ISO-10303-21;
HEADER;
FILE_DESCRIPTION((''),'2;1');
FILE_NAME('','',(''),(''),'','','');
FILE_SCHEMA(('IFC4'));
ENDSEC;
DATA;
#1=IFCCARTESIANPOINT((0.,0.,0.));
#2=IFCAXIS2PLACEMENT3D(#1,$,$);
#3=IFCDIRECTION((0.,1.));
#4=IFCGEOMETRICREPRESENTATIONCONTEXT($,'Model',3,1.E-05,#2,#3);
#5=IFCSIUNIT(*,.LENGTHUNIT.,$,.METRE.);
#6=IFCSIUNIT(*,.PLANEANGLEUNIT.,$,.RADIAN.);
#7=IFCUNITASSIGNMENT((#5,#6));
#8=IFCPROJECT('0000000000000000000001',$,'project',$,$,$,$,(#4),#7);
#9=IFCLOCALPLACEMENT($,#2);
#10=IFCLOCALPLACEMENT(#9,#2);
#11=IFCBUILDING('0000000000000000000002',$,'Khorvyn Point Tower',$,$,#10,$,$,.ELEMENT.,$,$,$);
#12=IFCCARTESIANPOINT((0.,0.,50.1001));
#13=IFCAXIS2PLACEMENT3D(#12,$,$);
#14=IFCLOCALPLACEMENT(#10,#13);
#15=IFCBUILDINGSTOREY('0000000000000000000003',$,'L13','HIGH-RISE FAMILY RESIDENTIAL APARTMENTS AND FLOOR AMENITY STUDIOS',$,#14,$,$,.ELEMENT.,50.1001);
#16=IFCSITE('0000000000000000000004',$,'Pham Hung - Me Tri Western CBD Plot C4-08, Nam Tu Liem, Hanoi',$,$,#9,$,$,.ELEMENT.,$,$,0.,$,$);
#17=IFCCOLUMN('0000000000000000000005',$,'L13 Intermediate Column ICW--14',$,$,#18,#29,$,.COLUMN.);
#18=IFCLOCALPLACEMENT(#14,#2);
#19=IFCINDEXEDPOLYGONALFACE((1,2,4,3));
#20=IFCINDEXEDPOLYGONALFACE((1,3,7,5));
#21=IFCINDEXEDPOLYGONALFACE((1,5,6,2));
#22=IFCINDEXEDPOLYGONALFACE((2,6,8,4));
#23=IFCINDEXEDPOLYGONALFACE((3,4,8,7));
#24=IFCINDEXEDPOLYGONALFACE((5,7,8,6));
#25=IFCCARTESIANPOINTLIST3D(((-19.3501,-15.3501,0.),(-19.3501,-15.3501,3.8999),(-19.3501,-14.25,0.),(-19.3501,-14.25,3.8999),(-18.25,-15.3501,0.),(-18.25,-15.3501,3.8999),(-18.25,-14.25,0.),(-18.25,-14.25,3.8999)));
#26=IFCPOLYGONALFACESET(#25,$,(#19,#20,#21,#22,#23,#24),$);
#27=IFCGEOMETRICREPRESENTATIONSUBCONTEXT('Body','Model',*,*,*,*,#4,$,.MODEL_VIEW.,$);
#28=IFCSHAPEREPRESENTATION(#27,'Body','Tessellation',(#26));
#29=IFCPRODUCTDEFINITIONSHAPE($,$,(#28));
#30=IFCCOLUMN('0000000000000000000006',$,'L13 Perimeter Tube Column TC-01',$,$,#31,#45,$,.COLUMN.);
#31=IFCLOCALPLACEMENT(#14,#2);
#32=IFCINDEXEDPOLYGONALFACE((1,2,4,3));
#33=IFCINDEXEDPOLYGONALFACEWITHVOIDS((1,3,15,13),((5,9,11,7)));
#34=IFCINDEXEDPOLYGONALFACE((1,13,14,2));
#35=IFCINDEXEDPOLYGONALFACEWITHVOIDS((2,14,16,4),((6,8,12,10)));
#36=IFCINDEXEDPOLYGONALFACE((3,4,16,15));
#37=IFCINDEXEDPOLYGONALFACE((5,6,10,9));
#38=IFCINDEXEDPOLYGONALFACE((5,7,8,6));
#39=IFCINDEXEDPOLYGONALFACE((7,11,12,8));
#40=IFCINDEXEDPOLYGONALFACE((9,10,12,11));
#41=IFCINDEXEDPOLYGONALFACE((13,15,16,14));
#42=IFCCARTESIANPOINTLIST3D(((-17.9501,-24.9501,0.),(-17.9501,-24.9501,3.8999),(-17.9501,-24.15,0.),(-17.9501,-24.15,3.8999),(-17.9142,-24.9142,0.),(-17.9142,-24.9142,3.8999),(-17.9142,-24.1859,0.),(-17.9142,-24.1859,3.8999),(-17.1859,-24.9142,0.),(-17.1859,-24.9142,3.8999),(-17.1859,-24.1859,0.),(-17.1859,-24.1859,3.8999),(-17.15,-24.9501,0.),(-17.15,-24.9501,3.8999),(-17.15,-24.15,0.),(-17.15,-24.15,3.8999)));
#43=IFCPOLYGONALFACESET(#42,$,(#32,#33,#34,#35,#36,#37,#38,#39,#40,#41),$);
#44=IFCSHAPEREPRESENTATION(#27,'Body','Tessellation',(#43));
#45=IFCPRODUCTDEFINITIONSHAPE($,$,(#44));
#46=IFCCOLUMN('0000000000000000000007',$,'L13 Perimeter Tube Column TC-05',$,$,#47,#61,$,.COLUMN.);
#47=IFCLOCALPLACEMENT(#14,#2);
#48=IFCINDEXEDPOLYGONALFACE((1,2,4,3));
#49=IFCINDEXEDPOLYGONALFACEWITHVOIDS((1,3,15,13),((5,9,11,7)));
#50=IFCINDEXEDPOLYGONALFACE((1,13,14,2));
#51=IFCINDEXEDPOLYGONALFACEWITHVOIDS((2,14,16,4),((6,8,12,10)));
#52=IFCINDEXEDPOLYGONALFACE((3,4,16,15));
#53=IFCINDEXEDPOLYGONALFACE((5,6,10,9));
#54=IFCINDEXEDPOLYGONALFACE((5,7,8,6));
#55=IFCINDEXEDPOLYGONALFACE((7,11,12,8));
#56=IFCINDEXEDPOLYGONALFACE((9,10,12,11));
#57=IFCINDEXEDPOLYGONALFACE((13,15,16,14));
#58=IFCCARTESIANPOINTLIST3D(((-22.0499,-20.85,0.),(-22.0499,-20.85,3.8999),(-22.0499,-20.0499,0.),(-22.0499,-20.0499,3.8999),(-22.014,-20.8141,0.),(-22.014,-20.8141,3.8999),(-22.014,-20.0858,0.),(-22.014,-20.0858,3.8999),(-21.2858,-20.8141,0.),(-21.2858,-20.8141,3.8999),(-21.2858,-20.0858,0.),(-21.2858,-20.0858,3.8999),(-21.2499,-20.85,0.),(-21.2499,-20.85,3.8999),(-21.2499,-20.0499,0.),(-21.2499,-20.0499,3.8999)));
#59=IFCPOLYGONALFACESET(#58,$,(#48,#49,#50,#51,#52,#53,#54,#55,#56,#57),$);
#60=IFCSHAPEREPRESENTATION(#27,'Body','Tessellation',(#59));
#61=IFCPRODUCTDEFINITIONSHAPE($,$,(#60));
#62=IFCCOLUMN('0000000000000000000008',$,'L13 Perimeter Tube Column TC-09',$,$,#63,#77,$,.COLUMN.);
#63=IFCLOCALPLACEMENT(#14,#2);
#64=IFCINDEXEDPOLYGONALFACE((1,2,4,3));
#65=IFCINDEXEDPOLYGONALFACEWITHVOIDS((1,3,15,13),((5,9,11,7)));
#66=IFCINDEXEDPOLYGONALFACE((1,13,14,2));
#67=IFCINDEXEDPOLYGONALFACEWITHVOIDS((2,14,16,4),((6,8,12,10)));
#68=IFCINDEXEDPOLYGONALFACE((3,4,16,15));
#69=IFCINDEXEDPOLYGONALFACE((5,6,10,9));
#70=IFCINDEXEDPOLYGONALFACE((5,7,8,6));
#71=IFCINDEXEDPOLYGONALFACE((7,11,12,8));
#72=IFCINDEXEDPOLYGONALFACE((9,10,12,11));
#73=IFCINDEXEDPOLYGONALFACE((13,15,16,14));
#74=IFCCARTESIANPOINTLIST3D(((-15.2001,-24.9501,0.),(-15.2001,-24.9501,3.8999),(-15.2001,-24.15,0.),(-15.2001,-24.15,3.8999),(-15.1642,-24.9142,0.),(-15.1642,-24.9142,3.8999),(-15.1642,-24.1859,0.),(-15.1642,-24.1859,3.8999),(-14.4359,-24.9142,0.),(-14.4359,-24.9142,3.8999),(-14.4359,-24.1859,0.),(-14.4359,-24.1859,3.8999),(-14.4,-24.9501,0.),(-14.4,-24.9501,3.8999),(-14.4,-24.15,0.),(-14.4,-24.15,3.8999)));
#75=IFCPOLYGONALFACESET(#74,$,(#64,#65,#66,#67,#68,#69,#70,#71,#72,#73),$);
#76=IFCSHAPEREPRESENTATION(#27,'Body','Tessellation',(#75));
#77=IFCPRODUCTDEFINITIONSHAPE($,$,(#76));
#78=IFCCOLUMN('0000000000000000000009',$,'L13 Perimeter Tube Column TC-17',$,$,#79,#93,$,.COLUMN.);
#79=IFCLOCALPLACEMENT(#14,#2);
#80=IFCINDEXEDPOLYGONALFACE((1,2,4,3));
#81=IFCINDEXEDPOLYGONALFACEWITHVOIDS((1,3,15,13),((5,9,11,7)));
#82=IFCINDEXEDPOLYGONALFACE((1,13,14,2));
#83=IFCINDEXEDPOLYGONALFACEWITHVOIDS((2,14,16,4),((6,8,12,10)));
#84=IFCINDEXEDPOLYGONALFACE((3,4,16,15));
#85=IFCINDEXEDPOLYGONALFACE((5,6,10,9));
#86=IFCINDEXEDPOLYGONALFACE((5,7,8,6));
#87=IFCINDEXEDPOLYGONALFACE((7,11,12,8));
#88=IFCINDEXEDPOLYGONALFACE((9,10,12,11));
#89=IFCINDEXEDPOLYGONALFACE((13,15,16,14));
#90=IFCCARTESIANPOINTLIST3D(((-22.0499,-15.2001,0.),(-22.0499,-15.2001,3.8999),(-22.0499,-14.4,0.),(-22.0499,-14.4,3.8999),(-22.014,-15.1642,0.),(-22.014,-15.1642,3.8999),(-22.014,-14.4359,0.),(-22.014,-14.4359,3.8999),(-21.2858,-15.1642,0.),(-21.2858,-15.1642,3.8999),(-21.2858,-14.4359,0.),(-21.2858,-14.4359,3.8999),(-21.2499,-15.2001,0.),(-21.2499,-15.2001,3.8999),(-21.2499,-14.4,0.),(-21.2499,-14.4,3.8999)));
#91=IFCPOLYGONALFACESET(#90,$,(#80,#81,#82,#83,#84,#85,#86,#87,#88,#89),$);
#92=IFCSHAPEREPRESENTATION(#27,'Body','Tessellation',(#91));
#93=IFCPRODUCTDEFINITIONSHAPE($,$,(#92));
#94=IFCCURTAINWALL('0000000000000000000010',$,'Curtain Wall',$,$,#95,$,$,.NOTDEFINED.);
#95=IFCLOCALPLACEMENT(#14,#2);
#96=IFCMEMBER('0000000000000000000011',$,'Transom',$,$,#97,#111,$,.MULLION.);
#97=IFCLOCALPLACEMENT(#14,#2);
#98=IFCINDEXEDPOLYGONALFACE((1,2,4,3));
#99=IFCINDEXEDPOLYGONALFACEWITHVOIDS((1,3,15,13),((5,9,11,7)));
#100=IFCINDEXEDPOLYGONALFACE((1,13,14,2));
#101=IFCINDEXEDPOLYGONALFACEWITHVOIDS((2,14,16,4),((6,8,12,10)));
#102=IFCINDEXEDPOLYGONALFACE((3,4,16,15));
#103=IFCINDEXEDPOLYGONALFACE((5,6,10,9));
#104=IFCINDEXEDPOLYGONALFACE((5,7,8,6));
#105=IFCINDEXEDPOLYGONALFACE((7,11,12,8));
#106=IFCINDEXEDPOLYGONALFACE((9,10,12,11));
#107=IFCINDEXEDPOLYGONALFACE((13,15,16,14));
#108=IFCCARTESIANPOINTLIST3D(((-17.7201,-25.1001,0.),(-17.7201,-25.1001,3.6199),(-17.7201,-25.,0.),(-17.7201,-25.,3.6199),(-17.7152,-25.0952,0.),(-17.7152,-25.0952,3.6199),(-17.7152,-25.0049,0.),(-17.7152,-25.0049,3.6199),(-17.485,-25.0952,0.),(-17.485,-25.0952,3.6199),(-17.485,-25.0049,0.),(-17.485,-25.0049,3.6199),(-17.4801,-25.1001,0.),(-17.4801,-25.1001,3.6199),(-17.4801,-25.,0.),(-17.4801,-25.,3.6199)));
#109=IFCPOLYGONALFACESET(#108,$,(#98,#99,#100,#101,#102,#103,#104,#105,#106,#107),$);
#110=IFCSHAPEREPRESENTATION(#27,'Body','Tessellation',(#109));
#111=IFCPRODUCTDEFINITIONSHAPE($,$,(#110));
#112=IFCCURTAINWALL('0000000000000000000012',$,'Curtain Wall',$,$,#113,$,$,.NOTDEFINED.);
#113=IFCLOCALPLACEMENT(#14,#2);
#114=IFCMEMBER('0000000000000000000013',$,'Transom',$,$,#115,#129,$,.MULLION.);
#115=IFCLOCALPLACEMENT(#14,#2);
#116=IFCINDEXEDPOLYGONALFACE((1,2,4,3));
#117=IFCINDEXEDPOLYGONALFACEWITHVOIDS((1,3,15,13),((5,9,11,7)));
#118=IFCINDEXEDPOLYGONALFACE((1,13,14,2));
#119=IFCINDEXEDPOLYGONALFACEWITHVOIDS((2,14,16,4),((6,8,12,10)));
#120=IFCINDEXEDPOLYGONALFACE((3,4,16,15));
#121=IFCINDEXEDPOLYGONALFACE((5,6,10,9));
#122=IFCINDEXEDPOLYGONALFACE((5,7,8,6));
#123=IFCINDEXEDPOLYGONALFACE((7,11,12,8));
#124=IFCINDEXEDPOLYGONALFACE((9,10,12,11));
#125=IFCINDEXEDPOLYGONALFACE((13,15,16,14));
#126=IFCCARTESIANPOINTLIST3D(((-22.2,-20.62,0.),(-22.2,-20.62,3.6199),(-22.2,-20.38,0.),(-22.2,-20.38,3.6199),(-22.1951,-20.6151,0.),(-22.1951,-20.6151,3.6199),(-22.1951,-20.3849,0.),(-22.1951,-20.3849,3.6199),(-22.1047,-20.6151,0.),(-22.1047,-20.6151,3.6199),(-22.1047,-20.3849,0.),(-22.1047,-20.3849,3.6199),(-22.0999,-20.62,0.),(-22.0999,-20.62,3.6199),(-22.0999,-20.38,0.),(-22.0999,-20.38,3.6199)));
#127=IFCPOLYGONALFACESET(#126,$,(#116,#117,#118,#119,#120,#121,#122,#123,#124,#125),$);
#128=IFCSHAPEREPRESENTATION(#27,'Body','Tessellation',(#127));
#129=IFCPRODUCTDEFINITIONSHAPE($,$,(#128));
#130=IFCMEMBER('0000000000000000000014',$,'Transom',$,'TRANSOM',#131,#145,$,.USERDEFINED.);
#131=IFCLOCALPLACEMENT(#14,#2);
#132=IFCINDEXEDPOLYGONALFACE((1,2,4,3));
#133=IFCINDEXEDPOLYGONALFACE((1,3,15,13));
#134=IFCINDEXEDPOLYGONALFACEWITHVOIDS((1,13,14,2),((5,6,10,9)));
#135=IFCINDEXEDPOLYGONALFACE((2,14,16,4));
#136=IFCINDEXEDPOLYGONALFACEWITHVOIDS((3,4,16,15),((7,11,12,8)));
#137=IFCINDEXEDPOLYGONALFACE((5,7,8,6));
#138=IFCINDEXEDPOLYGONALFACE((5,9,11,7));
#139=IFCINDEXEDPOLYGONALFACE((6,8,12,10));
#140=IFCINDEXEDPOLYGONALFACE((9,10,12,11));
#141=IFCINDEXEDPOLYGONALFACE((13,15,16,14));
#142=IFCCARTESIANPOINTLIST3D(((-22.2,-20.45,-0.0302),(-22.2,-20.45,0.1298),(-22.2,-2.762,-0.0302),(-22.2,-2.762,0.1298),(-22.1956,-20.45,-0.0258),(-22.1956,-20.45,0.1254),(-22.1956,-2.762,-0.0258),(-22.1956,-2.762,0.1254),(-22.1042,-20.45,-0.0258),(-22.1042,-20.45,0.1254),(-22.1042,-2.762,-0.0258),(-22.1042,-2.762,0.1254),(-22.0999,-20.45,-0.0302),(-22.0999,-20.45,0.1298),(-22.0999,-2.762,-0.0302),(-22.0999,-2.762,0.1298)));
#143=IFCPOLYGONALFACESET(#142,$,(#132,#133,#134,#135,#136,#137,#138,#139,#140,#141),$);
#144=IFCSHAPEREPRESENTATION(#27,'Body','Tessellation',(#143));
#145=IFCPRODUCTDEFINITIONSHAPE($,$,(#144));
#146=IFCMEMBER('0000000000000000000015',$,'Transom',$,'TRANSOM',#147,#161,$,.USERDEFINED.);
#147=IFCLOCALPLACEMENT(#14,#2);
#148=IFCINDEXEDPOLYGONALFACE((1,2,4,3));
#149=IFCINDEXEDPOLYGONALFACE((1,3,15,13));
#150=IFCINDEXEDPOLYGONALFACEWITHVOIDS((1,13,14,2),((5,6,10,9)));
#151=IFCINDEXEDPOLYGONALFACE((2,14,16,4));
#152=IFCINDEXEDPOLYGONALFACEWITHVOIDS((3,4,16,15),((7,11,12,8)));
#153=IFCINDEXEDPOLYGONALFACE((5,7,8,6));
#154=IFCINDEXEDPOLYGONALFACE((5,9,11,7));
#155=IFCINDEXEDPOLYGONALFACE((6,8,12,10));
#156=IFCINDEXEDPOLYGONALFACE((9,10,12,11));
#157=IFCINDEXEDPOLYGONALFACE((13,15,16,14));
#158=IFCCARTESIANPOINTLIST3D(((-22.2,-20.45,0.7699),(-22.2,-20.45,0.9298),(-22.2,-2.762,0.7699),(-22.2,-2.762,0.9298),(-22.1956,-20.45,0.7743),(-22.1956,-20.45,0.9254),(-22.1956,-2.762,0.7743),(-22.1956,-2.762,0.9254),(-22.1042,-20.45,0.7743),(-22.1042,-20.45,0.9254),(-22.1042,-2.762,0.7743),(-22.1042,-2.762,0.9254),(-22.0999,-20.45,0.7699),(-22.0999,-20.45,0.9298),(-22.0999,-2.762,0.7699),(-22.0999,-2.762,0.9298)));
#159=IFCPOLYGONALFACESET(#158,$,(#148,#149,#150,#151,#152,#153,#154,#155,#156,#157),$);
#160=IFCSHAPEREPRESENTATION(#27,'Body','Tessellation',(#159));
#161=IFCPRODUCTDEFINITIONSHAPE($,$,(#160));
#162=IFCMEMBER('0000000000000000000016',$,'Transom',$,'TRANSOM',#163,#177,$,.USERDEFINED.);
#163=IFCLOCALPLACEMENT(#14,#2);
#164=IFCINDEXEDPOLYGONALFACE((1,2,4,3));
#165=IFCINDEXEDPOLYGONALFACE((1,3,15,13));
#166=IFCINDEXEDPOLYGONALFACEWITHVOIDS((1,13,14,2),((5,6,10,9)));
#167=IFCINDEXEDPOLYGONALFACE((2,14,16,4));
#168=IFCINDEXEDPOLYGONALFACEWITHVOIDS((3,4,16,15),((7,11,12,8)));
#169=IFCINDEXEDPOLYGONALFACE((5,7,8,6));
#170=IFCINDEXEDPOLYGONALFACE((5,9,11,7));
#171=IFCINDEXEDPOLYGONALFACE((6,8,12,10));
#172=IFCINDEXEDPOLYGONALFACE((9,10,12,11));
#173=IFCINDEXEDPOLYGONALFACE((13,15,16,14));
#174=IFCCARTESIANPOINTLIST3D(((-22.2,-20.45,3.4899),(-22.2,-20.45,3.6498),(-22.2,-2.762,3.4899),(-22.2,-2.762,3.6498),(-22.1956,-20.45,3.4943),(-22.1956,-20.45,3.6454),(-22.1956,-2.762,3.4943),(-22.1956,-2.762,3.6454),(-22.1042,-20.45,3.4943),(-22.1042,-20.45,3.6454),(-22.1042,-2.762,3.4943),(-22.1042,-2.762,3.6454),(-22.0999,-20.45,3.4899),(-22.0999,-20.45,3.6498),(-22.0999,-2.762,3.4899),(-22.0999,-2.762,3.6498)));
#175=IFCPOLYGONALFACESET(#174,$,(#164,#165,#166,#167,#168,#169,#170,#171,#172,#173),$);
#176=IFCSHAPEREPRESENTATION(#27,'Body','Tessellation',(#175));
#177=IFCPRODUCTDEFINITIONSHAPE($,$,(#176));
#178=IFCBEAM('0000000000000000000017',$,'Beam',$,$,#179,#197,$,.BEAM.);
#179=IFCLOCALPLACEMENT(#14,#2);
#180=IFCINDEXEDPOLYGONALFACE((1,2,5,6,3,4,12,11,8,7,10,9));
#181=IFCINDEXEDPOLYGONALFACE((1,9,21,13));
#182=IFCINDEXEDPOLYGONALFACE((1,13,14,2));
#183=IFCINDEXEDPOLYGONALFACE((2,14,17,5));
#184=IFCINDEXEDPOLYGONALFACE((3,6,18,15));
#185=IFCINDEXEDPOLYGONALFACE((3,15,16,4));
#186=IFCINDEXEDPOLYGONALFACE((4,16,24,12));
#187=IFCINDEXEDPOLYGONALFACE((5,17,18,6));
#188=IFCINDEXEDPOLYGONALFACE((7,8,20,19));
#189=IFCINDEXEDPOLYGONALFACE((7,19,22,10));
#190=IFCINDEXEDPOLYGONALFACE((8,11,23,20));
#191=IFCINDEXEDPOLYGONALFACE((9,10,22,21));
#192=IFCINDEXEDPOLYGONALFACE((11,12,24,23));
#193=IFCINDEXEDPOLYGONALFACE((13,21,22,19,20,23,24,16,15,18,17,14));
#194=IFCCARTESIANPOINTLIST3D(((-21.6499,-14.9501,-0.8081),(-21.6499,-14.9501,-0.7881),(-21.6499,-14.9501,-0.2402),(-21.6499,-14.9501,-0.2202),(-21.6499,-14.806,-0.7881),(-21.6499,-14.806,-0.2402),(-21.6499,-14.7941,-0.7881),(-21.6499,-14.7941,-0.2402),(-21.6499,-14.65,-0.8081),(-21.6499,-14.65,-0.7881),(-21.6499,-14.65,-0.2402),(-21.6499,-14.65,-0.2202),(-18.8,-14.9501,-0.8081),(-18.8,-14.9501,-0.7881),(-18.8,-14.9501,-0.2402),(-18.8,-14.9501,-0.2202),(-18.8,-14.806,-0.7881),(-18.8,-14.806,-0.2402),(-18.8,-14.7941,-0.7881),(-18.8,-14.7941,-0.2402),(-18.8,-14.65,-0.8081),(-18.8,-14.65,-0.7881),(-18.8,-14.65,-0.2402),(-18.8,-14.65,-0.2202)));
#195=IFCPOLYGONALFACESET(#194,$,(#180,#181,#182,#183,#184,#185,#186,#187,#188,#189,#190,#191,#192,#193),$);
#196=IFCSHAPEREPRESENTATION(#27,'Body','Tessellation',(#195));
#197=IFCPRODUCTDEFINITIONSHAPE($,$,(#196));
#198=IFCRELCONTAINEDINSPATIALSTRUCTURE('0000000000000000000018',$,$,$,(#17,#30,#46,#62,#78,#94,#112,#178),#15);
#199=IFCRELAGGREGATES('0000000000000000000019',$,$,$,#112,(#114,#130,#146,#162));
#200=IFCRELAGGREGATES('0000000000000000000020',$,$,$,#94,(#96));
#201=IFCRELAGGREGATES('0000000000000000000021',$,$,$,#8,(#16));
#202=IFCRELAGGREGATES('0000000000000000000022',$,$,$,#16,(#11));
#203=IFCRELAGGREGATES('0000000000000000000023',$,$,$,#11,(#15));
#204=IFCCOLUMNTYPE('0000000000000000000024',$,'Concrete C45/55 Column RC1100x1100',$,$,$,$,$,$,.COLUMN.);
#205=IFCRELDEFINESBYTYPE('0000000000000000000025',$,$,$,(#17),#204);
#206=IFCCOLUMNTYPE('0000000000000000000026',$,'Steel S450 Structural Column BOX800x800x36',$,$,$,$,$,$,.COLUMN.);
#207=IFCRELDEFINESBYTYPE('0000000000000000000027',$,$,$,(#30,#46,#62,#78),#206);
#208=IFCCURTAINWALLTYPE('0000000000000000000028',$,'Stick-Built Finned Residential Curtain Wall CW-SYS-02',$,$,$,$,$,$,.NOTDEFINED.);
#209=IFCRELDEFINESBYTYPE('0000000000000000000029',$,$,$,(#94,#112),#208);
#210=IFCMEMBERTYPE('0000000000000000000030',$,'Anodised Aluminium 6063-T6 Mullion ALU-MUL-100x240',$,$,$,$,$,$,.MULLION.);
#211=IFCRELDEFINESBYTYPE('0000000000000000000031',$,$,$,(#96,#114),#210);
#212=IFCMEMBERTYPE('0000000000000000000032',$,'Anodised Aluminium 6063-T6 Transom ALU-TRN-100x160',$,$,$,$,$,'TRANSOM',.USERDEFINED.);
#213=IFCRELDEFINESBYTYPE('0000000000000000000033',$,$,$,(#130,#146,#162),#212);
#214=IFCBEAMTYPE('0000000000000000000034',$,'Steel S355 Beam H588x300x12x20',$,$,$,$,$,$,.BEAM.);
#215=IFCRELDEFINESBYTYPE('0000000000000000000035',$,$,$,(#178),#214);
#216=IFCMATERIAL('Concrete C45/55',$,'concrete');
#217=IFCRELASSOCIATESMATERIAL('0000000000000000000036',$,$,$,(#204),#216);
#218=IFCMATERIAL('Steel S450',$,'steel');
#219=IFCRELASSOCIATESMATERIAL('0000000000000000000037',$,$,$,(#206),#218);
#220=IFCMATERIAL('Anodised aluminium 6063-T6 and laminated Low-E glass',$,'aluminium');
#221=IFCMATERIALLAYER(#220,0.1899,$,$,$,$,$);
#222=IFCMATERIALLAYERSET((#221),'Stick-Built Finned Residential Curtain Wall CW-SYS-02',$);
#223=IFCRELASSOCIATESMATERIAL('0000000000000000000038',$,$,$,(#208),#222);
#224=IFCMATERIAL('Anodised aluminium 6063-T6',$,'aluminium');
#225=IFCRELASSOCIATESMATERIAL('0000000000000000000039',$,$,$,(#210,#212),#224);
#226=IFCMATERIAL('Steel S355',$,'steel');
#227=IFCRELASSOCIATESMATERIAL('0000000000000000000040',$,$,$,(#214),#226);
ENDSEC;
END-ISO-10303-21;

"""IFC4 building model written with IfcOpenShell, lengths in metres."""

from ifc_helpers import new_model, si_unit, direction, frame, origin, origin_2d, place, context, subcontext, project, spatial, rectangle, hollow_rectangle, i_section, extrude, material, layer, layer_set, material_profile, profile_set, type_object, element, aggregate, save


model = new_model("IFC4")

# Units and contexts
model_context = context("Model", 3, precision=1e-05, world=origin(), true_north=direction((0.0, 1.0)))
body_context = subcontext(model_context, "Body", "Model", "MODEL_VIEW")
ifc_project = project(units=[si_unit("LENGTHUNIT", "METRE"), si_unit("PLANEANGLEUNIT", "RADIAN")], contexts=[model_context])

# Site, building, storey
site_placement = place(None, origin())
site = spatial("IfcSite", under=ifc_project, at=site_placement, Name="Pham Hung - Me Tri Western CBD Plot C4-08, Nam Tu Liem, Hanoi", CompositionType="ELEMENT", RefElevation=0.0)
building_placement = place(site_placement, origin())
building = spatial("IfcBuilding", under=site, at=building_placement, Name="Khorvyn Point Tower", CompositionType="ELEMENT")
storey_placement = place(building_placement, frame((0.0, 0.0, 50.1001)))
storey = spatial("IfcBuildingStorey", under=building, at=storey_placement, Name="L13", Description="HIGH-RISE FAMILY RESIDENTIAL APARTMENTS AND FLOOR AMENITY STUDIOS", CompositionType="ELEMENT", Elevation=50.1001)

# Columns
ifc_material_1 = material(Name="Concrete C45/55", Category="concrete")
ifc_material_profile_1 = material_profile(ifc_material_1, rectangle(XDim=1.1001, YDim=1.1001, at=origin_2d()))
ifc_profile_set_1 = profile_set([ifc_material_profile_1], Name="Concrete C45/55 RC1100x1100")
column_type_1 = type_object("IfcColumnType", Name="Concrete C45/55 Column RC1100x1100", PredefinedType="COLUMN", material=ifc_profile_set_1)
column_placement = place(storey_placement, frame((-18.8, -14.8, 0.0), z_axis=(0.0, 0.0, 1.0), x_axis=(1.0, 0.0, 0.0)))
element("IfcColumn", 1, at=column_placement, inside=storey, type_object=column_type_1, Name="L13 Intermediate Column ICW--14", PredefinedType="COLUMN", context=body_context, shape_type="SweptSolid", body=[
    extrude(rectangle(XDim=1.1001, YDim=1.1001, at=origin_2d()), origin(), (0.0, 0.0, 1.0), 3.8999),
])
ifc_material_2 = material(Name="Steel S450", Category="steel")
ifc_material_profile_2 = material_profile(ifc_material_2, hollow_rectangle(XDim=0.8, YDim=0.8, WallThickness=0.0359, at=origin_2d()))
ifc_profile_set_2 = profile_set([ifc_material_profile_2], Name="Steel S450 BOX800x800x36")
column_type_2 = type_object("IfcColumnType", Name="Steel S450 Structural Column BOX800x800x36", PredefinedType="COLUMN", material=ifc_profile_set_2)
for number, where, z_axis, x_axis, name in (
    (2, (-17.55, -24.55, 0.0), (0.0, 0.0, 1.0), (1.0, 0.0, 0.0), "L13 Perimeter Tube Column TC-01"),
    (3, (-21.6499, -20.45, 0.0), (0.0, 0.0, 1.0), (1.0, 0.0, 0.0), "L13 Perimeter Tube Column TC-05"),
    (4, (-14.8, -24.55, 0.0), (0.0, 0.0, 1.0), (1.0, 0.0, 0.0), "L13 Perimeter Tube Column TC-09"),
    (5, (-21.6499, -14.8, 0.0), (0.0, 0.0, 1.0), (1.0, 0.0, 0.0), "L13 Perimeter Tube Column TC-17"),
):
    element("IfcColumn", number, at=place(storey_placement, frame(where, z_axis=z_axis, x_axis=x_axis)), inside=storey, type_object=column_type_2, Name=name, PredefinedType="COLUMN", context=body_context, shape_type="SweptSolid", body=[
        extrude(hollow_rectangle(XDim=0.8, YDim=0.8, WallThickness=0.0359, at=origin_2d()), origin(), (0.0, 0.0, 1.0), 3.8999),
    ])

# Curtain wall, member
ifc_material_3 = material(Name="Anodised aluminium 6063-T6 and laminated Low-E glass", Category="aluminium")
ifc_layer_1 = layer(ifc_material_3, 0.1899)
ifc_layer_set_1 = layer_set([ifc_layer_1], Name="Stick-Built Finned Residential Curtain Wall CW-SYS-02")
curtain_wall_type = type_object("IfcCurtainWallType", Name="Stick-Built Finned Residential Curtain Wall CW-SYS-02", PredefinedType="NOTDEFINED", material=ifc_layer_set_1)
curtain_wall_1_placement = place(storey_placement, origin())
curtain_wall_1 = element("IfcCurtainWall", 6, at=curtain_wall_1_placement, inside=storey, type_object=curtain_wall_type, Name="Curtain Wall", PredefinedType="NOTDEFINED")
ifc_material_4 = material(Name="Anodised aluminium 6063-T6", Category="aluminium")
ifc_material_profile_3 = material_profile(ifc_material_4, hollow_rectangle(XDim=0.1001, YDim=0.24, WallThickness=0.0049, at=origin_2d()))
ifc_profile_set_3 = profile_set([ifc_material_profile_3], Name="Anodised aluminium 6063-T6 ALU-MUL-100x240")
member_type_1 = type_object("IfcMemberType", Name="Anodised Aluminium 6063-T6 Mullion ALU-MUL-100x240", PredefinedType="MULLION", material=ifc_profile_set_3)
member_1_placement = place(storey_placement, frame((-17.6001, -25.05, 0.0), z_axis=(0.0, 0.0, 1.0), x_axis=(0.0, -1.0, 0.0)))
member_1 = element("IfcMember", 7, at=member_1_placement, type_object=member_type_1, Name="Transom", PredefinedType="MULLION", context=body_context, shape_type="SweptSolid", body=[
    extrude(hollow_rectangle(XDim=0.1001, YDim=0.24, WallThickness=0.0049, at=origin_2d()), origin(), (0.0, 0.0, 1.0), 3.6199),
])

# Curtain wall, members
curtain_wall_2_placement = place(storey_placement, origin())
curtain_wall_2 = element("IfcCurtainWall", 8, at=curtain_wall_2_placement, inside=storey, type_object=curtain_wall_type, Name="Curtain Wall", PredefinedType="NOTDEFINED")
member_2_placement = place(storey_placement, frame((-22.1499, -20.5, 0.0), z_axis=(0.0, 0.0, 1.0), x_axis=(-1.0, 0.0, 0.0)))
member_2 = element("IfcMember", 9, at=member_2_placement, type_object=member_type_1, Name="Transom", PredefinedType="MULLION", context=body_context, shape_type="SweptSolid", body=[
    extrude(hollow_rectangle(XDim=0.1001, YDim=0.24, WallThickness=0.0049, at=origin_2d()), origin(), (0.0, 0.0, 1.0), 3.6199),
])
ifc_material_profile_4 = material_profile(ifc_material_4, hollow_rectangle(XDim=0.1001, YDim=0.1599, WallThickness=0.0044, at=origin_2d()))
ifc_profile_set_4 = profile_set([ifc_material_profile_4], Name="Anodised aluminium 6063-T6 ALU-TRN-100x160")
member_type_2 = type_object("IfcMemberType", Name="Anodised Aluminium 6063-T6 Transom ALU-TRN-100x160", ElementType="TRANSOM", PredefinedType="USERDEFINED", material=ifc_profile_set_4)
member_3_placement = place(storey_placement, frame((-22.1499, -20.45, 0.0498), z_axis=(0.0, 1.0, 0.0), x_axis=(-1.0, 0.0, 0.0)))
member_3 = element("IfcMember", 10, at=member_3_placement, type_object=member_type_2, Name="Transom", ObjectType="TRANSOM", PredefinedType="USERDEFINED", context=body_context, shape_type="SweptSolid", body=[
    extrude(hollow_rectangle(XDim=0.1001, YDim=0.1599, WallThickness=0.0044, at=origin_2d()), origin(), (0.0, 0.0, 1.0), 17.688),
])
member_4_placement = place(storey_placement, frame((-22.1499, -20.45, 0.8499), z_axis=(0.0, 1.0, 0.0), x_axis=(-1.0, 0.0, 0.0)))
member_4 = element("IfcMember", 11, at=member_4_placement, type_object=member_type_2, Name="Transom", ObjectType="TRANSOM", PredefinedType="USERDEFINED", context=body_context, shape_type="SweptSolid", body=[
    extrude(hollow_rectangle(XDim=0.1001, YDim=0.1599, WallThickness=0.0044, at=origin_2d()), origin(), (0.0, 0.0, 1.0), 17.688),
])
member_5_placement = place(storey_placement, frame((-22.1499, -20.45, 3.5698), z_axis=(0.0, 1.0, 0.0), x_axis=(-1.0, 0.0, 0.0)))
member_5 = element("IfcMember", 12, at=member_5_placement, type_object=member_type_2, Name="Transom", ObjectType="TRANSOM", PredefinedType="USERDEFINED", context=body_context, shape_type="SweptSolid", body=[
    extrude(hollow_rectangle(XDim=0.1001, YDim=0.1599, WallThickness=0.0044, at=origin_2d()), origin(), (0.0, 0.0, 1.0), 17.688),
])
aggregate(curtain_wall_2, [member_2, member_3, member_4, member_5])

# Beam
ifc_material_5 = material(Name="Steel S355", Category="steel")
ifc_material_profile_5 = material_profile(ifc_material_5, i_section(OverallWidth=0.3, OverallDepth=0.5879, WebThickness=0.012, FlangeThickness=0.02, at=origin_2d()))
ifc_profile_set_5 = profile_set([ifc_material_profile_5], Name="Steel S355 H588x300x12x20")
beam_type_1 = type_object("IfcBeamType", Name="Steel S355 Beam H588x300x12x20", PredefinedType="BEAM", material=ifc_profile_set_5)
beam_1_placement = place(storey_placement, frame((-21.6499, -14.8, -0.5142), z_axis=(1.0, 0.0, 0.0), x_axis=(0.0, 1.0, 0.0)))
element("IfcBeam", 13, at=beam_1_placement, inside=storey, type_object=beam_type_1, Name="Beam", PredefinedType="BEAM", context=body_context, shape_type="SweptSolid", body=[
    extrude(i_section(OverallWidth=0.3, OverallDepth=0.5879, WebThickness=0.012, FlangeThickness=0.02, at=origin_2d()), origin(), (0.0, 0.0, 1.0), 2.8499),
])

aggregate(curtain_wall_1, [member_1])

save(model, "model.ifc")
